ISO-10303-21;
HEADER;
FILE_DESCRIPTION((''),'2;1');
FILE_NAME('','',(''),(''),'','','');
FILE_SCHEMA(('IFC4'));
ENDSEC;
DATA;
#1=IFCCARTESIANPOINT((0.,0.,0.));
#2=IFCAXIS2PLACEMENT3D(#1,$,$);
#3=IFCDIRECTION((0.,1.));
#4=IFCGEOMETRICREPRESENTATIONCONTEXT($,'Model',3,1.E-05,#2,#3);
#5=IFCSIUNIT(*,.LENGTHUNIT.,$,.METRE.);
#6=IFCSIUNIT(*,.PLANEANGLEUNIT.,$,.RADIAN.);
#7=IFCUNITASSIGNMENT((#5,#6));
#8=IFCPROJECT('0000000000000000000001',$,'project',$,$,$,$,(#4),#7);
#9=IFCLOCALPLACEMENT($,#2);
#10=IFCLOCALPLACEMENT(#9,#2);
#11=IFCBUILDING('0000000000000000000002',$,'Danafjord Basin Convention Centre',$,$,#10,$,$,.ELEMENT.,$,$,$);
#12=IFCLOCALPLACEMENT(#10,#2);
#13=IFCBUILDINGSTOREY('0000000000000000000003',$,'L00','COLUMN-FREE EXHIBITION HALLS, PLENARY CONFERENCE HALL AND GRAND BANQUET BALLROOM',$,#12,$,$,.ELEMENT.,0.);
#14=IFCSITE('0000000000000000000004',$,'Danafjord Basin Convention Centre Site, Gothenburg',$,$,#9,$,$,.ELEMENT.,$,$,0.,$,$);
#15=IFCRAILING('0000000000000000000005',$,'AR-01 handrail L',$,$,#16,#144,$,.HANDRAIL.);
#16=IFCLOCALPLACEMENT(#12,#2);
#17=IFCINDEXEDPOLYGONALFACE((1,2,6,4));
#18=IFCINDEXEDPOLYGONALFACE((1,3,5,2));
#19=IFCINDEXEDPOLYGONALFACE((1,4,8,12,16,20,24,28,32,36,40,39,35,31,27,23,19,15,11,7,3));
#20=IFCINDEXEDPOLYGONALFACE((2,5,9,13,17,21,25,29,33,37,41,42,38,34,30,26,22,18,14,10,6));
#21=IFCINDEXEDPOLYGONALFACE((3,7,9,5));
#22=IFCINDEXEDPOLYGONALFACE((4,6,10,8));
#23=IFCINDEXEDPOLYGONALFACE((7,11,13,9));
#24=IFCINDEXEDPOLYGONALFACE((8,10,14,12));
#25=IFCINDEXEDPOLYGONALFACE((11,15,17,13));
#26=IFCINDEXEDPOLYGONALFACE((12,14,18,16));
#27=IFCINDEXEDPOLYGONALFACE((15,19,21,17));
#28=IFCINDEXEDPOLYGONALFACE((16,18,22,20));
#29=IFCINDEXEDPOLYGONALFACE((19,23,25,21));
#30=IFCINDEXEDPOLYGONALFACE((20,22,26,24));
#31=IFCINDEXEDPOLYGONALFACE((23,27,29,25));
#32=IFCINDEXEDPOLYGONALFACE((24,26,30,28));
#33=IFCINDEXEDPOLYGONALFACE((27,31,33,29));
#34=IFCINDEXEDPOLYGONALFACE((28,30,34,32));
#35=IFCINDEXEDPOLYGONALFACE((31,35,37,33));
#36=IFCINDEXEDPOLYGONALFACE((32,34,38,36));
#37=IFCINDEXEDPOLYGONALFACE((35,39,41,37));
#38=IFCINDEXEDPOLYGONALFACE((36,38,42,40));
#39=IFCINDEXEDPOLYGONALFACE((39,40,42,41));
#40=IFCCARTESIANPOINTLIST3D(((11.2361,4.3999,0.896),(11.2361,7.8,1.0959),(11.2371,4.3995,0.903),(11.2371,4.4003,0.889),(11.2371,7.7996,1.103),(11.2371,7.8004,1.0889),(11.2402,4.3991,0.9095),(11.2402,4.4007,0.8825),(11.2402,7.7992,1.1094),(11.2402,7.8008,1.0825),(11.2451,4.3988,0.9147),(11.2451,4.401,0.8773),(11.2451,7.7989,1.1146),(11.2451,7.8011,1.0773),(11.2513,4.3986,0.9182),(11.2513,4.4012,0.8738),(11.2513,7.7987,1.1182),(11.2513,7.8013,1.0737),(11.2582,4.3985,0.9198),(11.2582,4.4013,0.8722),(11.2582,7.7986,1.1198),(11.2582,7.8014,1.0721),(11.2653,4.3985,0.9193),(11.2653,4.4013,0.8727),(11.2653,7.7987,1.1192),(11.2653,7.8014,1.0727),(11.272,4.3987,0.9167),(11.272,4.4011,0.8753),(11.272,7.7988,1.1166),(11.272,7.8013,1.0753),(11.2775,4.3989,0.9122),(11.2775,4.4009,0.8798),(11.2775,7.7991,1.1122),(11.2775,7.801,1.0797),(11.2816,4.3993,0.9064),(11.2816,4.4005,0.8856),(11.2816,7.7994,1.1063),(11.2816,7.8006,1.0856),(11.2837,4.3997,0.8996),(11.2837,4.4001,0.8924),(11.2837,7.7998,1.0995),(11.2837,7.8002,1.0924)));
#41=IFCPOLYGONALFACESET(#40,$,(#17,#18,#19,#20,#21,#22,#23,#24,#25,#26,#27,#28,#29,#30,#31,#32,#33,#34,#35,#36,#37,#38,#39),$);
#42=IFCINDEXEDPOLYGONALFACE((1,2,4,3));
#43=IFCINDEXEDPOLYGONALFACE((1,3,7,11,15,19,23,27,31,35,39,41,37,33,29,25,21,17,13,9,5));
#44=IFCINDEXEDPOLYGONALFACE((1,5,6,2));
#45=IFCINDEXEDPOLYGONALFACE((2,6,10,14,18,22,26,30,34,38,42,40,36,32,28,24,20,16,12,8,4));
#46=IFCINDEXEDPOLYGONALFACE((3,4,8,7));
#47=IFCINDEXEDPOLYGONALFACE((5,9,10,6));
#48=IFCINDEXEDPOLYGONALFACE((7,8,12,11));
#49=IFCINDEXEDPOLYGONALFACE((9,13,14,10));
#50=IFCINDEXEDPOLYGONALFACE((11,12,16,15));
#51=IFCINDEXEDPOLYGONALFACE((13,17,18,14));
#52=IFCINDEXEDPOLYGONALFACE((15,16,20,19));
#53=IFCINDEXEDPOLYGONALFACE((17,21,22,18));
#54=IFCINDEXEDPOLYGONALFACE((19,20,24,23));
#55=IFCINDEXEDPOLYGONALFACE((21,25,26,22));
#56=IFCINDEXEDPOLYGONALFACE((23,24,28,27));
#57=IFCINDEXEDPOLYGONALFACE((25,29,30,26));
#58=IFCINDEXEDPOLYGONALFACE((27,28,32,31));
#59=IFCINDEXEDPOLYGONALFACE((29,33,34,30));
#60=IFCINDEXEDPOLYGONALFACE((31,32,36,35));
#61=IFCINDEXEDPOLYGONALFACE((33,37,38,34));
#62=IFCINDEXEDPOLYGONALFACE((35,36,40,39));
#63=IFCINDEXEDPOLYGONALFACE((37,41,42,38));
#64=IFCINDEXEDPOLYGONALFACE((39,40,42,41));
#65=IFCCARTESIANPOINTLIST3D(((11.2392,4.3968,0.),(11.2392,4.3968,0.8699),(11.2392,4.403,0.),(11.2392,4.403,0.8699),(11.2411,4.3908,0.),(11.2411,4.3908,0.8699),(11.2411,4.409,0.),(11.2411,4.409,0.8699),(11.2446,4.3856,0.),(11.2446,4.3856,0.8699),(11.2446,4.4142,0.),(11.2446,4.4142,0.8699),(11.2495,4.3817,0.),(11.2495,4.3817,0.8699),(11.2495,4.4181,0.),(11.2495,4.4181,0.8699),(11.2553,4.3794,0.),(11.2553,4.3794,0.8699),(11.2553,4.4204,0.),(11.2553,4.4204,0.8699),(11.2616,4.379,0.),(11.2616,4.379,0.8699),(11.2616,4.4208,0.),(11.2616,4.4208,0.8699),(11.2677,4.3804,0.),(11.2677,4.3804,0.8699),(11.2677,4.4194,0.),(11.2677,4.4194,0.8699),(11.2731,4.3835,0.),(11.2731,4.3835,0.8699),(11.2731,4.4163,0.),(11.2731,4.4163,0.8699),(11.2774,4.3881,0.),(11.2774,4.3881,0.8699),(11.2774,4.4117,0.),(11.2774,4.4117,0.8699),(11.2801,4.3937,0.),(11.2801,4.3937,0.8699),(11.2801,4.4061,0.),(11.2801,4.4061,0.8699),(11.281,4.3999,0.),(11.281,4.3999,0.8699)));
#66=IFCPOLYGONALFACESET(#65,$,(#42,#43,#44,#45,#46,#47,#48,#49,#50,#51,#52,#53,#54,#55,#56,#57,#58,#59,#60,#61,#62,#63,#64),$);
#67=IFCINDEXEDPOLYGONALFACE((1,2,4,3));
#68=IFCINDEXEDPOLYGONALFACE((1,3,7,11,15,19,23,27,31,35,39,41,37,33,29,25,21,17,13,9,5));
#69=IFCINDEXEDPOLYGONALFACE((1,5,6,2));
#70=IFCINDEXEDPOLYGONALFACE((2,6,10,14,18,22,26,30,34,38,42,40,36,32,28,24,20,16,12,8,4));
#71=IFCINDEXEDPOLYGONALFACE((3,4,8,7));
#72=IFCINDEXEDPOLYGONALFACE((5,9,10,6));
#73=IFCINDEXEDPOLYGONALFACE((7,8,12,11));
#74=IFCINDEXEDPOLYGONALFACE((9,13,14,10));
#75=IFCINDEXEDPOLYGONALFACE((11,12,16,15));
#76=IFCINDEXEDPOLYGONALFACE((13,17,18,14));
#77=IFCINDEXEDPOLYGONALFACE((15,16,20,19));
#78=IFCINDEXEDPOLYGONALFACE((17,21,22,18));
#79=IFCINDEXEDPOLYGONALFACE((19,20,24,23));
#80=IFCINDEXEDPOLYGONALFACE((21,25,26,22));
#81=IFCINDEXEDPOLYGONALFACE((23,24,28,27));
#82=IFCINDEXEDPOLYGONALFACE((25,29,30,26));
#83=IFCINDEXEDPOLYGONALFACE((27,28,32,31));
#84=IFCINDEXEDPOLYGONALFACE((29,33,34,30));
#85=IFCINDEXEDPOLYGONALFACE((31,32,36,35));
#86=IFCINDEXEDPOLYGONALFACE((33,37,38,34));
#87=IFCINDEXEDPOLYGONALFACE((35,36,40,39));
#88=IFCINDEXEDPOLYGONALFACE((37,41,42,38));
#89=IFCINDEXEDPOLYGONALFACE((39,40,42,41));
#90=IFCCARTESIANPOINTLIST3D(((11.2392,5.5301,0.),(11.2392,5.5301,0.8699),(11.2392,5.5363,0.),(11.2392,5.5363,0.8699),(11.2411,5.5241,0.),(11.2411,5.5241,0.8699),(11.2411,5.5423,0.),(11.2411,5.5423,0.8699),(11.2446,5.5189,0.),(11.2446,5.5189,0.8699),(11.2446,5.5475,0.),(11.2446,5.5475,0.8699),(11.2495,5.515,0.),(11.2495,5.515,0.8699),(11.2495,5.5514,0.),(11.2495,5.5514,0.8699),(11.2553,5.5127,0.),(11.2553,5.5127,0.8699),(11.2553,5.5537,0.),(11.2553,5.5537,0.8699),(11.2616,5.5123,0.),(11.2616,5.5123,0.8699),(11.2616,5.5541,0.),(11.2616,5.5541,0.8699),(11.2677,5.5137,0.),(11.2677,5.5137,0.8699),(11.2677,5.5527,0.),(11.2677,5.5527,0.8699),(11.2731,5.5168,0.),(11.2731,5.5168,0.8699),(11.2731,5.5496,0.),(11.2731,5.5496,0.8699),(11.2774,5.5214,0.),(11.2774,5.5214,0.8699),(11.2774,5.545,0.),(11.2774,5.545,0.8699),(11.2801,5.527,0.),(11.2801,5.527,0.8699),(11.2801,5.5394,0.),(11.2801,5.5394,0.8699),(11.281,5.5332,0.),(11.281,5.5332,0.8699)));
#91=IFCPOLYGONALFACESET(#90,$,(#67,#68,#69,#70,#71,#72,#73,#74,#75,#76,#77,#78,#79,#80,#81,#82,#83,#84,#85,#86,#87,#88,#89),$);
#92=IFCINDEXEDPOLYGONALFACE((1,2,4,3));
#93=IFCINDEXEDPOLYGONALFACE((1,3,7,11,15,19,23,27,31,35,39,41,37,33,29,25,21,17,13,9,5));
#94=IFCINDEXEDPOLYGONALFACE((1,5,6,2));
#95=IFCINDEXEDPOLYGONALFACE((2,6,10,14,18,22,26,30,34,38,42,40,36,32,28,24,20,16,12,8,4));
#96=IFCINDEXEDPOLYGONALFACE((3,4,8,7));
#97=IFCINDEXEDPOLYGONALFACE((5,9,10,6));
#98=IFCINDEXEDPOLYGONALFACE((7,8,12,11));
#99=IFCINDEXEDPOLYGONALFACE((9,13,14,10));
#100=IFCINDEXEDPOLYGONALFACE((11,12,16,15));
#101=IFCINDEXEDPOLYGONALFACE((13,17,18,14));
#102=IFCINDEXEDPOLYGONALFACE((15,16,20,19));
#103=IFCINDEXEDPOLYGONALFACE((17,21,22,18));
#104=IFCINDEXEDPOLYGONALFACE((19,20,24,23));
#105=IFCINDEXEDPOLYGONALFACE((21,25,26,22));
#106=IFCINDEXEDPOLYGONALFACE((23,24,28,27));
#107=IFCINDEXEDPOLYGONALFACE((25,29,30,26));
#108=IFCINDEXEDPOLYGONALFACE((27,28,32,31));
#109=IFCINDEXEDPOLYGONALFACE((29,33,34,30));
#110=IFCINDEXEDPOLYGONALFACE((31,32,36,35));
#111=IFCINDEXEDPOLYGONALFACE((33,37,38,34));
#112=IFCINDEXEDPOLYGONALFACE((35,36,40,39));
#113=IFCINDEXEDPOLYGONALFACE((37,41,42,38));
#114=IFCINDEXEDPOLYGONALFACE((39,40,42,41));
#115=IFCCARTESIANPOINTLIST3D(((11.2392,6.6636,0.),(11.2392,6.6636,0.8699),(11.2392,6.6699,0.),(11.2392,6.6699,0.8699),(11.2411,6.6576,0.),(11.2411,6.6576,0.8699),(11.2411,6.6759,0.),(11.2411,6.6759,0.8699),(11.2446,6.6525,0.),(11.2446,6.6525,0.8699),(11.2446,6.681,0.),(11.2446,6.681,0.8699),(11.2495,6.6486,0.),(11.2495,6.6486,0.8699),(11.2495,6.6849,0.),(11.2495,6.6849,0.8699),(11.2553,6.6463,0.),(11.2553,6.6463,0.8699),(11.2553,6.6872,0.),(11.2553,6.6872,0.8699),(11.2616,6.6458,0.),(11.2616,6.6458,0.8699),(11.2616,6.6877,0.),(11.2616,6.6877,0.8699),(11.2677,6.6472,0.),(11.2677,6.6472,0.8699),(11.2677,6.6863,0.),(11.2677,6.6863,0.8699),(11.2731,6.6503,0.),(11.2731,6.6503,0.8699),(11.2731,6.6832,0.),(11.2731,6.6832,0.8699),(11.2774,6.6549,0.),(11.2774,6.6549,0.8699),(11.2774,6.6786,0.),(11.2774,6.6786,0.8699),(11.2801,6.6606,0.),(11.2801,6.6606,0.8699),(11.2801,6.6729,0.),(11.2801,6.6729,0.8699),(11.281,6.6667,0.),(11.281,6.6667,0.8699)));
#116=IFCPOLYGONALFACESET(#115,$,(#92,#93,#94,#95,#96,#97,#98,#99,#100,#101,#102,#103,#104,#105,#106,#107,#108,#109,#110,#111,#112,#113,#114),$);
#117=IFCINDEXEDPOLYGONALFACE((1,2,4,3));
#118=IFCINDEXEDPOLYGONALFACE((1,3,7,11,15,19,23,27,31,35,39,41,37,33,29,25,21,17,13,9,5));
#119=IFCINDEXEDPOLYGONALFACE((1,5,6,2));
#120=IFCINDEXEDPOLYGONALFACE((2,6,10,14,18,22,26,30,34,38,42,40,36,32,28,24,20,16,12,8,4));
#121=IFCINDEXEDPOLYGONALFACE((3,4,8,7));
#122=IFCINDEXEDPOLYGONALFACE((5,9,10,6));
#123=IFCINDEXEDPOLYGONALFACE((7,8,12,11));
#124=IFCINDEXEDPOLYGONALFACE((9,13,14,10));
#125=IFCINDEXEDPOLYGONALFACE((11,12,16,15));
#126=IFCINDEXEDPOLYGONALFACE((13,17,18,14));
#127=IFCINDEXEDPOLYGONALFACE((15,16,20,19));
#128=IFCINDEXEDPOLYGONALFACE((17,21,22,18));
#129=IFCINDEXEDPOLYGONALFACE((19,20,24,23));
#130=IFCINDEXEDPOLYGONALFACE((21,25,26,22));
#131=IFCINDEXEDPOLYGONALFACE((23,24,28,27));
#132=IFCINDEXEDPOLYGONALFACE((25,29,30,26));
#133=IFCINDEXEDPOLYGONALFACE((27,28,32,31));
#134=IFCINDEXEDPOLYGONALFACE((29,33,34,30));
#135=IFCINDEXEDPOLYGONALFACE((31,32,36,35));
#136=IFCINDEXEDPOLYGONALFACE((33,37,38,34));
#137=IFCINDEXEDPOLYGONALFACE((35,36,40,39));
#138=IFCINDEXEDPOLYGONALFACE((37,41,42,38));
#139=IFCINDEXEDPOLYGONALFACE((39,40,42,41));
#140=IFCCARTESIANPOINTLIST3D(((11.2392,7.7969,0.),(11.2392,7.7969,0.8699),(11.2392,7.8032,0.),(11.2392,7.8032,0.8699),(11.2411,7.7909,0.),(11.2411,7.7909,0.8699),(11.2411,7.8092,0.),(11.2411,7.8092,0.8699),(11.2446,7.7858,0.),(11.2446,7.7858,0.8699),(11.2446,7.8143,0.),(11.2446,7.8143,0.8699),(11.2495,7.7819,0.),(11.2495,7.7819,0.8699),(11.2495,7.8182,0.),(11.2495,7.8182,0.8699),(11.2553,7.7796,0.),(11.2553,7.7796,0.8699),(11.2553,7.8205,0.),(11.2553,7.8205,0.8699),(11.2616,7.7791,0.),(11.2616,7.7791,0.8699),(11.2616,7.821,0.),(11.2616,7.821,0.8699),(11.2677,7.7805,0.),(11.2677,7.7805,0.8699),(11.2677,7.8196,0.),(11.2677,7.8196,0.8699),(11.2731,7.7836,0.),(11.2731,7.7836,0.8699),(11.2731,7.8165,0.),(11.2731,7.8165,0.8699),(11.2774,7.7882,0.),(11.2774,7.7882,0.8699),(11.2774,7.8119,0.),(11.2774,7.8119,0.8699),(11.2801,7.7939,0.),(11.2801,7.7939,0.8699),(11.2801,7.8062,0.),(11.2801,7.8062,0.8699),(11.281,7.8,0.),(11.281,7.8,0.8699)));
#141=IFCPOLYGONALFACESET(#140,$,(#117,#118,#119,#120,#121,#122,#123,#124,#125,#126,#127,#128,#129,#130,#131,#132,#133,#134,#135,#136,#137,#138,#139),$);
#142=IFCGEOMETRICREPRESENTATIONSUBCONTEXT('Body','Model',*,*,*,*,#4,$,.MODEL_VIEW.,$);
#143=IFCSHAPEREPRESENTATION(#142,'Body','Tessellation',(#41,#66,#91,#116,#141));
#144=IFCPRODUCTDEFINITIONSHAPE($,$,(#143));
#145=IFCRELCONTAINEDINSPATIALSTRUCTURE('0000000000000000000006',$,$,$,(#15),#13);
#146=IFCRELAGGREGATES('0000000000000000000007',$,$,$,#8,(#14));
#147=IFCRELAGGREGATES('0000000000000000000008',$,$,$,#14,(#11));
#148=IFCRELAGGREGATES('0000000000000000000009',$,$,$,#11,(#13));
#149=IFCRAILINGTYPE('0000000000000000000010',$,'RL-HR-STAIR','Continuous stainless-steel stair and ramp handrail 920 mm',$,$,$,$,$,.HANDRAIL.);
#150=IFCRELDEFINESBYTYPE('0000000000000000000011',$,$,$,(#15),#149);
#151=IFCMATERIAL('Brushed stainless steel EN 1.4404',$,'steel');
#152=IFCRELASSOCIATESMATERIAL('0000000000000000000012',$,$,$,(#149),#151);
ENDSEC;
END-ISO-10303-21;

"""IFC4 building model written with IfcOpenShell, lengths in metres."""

from ifc_helpers import new_model, si_unit, direction, frame, origin, origin_2d, place, context, subcontext, project, spatial, circle, extrude, material, type_object, element, save


model = new_model("IFC4")

# Units and contexts
model_context = context("Model", 3, precision=1e-05, world=origin(), true_north=direction((0.0, 1.0)))
body_context = subcontext(model_context, "Body", "Model", "MODEL_VIEW")
ifc_project = project(units=[si_unit("LENGTHUNIT", "METRE"), si_unit("PLANEANGLEUNIT", "RADIAN")], contexts=[model_context])

# Site, building, storey
site_placement = place(None, origin())
site = spatial("IfcSite", under=ifc_project, at=site_placement, Name="Danafjord Basin Convention Centre Site, Gothenburg", CompositionType="ELEMENT", RefElevation=0.0)
building_placement = place(site_placement, origin())
building = spatial("IfcBuilding", under=site, at=building_placement, Name="Danafjord Basin Convention Centre", CompositionType="ELEMENT")
storey_placement = place(building_placement, origin())
storey = spatial("IfcBuildingStorey", under=building, at=storey_placement, Name="L00", Description="COLUMN-FREE EXHIBITION HALLS, PLENARY CONFERENCE HALL AND GRAND BANQUET BALLROOM", CompositionType="ELEMENT", Elevation=0.0)

# Railing
ifc_material_1 = material(Name="Brushed stainless steel EN 1.4404", Category="steel")
railing_type_1 = type_object("IfcRailingType", Name="RL-HR-STAIR", Description="Continuous stainless-steel stair and ramp handrail 920 mm", PredefinedType="HANDRAIL", material=ifc_material_1)
for number, where, name in (
    (1, (11.26, 4.3999, 0.0), "AR-01 handrail L"),
):
    element("IfcRailing", number, at=place(storey_placement, frame(where)), inside=storey, type_object=railing_type_1, Name=name, PredefinedType="HANDRAIL", context=body_context, shape_type="SweptSolid", body=[
        extrude(circle(Radius=0.0239, at=origin_2d()), frame((0.0, 0.0, 0.896), z_axis=(0.0, 0.998275, 0.058705), x_axis=(-1.0, 0.0, 0.0)), (0.0, 0.0, 1.0), 3.406),
        extrude(circle(Radius=0.021, at=origin_2d()), origin(), (0.0, 0.0, 1.0), 0.8699),
        extrude(circle(Radius=0.021, at=origin_2d()), frame((0.0, 1.1333, 0.0)), (0.0, 0.0, 1.0), 0.8699),
        extrude(circle(Radius=0.021, at=origin_2d()), frame((0.0, 2.2668, 0.0)), (0.0, 0.0, 1.0), 0.8699),
        extrude(circle(Radius=0.021, at=origin_2d()), frame((0.0, 3.4001, 0.0)), (0.0, 0.0, 1.0), 0.8699),
    ])

save(model, "model.ifc")
